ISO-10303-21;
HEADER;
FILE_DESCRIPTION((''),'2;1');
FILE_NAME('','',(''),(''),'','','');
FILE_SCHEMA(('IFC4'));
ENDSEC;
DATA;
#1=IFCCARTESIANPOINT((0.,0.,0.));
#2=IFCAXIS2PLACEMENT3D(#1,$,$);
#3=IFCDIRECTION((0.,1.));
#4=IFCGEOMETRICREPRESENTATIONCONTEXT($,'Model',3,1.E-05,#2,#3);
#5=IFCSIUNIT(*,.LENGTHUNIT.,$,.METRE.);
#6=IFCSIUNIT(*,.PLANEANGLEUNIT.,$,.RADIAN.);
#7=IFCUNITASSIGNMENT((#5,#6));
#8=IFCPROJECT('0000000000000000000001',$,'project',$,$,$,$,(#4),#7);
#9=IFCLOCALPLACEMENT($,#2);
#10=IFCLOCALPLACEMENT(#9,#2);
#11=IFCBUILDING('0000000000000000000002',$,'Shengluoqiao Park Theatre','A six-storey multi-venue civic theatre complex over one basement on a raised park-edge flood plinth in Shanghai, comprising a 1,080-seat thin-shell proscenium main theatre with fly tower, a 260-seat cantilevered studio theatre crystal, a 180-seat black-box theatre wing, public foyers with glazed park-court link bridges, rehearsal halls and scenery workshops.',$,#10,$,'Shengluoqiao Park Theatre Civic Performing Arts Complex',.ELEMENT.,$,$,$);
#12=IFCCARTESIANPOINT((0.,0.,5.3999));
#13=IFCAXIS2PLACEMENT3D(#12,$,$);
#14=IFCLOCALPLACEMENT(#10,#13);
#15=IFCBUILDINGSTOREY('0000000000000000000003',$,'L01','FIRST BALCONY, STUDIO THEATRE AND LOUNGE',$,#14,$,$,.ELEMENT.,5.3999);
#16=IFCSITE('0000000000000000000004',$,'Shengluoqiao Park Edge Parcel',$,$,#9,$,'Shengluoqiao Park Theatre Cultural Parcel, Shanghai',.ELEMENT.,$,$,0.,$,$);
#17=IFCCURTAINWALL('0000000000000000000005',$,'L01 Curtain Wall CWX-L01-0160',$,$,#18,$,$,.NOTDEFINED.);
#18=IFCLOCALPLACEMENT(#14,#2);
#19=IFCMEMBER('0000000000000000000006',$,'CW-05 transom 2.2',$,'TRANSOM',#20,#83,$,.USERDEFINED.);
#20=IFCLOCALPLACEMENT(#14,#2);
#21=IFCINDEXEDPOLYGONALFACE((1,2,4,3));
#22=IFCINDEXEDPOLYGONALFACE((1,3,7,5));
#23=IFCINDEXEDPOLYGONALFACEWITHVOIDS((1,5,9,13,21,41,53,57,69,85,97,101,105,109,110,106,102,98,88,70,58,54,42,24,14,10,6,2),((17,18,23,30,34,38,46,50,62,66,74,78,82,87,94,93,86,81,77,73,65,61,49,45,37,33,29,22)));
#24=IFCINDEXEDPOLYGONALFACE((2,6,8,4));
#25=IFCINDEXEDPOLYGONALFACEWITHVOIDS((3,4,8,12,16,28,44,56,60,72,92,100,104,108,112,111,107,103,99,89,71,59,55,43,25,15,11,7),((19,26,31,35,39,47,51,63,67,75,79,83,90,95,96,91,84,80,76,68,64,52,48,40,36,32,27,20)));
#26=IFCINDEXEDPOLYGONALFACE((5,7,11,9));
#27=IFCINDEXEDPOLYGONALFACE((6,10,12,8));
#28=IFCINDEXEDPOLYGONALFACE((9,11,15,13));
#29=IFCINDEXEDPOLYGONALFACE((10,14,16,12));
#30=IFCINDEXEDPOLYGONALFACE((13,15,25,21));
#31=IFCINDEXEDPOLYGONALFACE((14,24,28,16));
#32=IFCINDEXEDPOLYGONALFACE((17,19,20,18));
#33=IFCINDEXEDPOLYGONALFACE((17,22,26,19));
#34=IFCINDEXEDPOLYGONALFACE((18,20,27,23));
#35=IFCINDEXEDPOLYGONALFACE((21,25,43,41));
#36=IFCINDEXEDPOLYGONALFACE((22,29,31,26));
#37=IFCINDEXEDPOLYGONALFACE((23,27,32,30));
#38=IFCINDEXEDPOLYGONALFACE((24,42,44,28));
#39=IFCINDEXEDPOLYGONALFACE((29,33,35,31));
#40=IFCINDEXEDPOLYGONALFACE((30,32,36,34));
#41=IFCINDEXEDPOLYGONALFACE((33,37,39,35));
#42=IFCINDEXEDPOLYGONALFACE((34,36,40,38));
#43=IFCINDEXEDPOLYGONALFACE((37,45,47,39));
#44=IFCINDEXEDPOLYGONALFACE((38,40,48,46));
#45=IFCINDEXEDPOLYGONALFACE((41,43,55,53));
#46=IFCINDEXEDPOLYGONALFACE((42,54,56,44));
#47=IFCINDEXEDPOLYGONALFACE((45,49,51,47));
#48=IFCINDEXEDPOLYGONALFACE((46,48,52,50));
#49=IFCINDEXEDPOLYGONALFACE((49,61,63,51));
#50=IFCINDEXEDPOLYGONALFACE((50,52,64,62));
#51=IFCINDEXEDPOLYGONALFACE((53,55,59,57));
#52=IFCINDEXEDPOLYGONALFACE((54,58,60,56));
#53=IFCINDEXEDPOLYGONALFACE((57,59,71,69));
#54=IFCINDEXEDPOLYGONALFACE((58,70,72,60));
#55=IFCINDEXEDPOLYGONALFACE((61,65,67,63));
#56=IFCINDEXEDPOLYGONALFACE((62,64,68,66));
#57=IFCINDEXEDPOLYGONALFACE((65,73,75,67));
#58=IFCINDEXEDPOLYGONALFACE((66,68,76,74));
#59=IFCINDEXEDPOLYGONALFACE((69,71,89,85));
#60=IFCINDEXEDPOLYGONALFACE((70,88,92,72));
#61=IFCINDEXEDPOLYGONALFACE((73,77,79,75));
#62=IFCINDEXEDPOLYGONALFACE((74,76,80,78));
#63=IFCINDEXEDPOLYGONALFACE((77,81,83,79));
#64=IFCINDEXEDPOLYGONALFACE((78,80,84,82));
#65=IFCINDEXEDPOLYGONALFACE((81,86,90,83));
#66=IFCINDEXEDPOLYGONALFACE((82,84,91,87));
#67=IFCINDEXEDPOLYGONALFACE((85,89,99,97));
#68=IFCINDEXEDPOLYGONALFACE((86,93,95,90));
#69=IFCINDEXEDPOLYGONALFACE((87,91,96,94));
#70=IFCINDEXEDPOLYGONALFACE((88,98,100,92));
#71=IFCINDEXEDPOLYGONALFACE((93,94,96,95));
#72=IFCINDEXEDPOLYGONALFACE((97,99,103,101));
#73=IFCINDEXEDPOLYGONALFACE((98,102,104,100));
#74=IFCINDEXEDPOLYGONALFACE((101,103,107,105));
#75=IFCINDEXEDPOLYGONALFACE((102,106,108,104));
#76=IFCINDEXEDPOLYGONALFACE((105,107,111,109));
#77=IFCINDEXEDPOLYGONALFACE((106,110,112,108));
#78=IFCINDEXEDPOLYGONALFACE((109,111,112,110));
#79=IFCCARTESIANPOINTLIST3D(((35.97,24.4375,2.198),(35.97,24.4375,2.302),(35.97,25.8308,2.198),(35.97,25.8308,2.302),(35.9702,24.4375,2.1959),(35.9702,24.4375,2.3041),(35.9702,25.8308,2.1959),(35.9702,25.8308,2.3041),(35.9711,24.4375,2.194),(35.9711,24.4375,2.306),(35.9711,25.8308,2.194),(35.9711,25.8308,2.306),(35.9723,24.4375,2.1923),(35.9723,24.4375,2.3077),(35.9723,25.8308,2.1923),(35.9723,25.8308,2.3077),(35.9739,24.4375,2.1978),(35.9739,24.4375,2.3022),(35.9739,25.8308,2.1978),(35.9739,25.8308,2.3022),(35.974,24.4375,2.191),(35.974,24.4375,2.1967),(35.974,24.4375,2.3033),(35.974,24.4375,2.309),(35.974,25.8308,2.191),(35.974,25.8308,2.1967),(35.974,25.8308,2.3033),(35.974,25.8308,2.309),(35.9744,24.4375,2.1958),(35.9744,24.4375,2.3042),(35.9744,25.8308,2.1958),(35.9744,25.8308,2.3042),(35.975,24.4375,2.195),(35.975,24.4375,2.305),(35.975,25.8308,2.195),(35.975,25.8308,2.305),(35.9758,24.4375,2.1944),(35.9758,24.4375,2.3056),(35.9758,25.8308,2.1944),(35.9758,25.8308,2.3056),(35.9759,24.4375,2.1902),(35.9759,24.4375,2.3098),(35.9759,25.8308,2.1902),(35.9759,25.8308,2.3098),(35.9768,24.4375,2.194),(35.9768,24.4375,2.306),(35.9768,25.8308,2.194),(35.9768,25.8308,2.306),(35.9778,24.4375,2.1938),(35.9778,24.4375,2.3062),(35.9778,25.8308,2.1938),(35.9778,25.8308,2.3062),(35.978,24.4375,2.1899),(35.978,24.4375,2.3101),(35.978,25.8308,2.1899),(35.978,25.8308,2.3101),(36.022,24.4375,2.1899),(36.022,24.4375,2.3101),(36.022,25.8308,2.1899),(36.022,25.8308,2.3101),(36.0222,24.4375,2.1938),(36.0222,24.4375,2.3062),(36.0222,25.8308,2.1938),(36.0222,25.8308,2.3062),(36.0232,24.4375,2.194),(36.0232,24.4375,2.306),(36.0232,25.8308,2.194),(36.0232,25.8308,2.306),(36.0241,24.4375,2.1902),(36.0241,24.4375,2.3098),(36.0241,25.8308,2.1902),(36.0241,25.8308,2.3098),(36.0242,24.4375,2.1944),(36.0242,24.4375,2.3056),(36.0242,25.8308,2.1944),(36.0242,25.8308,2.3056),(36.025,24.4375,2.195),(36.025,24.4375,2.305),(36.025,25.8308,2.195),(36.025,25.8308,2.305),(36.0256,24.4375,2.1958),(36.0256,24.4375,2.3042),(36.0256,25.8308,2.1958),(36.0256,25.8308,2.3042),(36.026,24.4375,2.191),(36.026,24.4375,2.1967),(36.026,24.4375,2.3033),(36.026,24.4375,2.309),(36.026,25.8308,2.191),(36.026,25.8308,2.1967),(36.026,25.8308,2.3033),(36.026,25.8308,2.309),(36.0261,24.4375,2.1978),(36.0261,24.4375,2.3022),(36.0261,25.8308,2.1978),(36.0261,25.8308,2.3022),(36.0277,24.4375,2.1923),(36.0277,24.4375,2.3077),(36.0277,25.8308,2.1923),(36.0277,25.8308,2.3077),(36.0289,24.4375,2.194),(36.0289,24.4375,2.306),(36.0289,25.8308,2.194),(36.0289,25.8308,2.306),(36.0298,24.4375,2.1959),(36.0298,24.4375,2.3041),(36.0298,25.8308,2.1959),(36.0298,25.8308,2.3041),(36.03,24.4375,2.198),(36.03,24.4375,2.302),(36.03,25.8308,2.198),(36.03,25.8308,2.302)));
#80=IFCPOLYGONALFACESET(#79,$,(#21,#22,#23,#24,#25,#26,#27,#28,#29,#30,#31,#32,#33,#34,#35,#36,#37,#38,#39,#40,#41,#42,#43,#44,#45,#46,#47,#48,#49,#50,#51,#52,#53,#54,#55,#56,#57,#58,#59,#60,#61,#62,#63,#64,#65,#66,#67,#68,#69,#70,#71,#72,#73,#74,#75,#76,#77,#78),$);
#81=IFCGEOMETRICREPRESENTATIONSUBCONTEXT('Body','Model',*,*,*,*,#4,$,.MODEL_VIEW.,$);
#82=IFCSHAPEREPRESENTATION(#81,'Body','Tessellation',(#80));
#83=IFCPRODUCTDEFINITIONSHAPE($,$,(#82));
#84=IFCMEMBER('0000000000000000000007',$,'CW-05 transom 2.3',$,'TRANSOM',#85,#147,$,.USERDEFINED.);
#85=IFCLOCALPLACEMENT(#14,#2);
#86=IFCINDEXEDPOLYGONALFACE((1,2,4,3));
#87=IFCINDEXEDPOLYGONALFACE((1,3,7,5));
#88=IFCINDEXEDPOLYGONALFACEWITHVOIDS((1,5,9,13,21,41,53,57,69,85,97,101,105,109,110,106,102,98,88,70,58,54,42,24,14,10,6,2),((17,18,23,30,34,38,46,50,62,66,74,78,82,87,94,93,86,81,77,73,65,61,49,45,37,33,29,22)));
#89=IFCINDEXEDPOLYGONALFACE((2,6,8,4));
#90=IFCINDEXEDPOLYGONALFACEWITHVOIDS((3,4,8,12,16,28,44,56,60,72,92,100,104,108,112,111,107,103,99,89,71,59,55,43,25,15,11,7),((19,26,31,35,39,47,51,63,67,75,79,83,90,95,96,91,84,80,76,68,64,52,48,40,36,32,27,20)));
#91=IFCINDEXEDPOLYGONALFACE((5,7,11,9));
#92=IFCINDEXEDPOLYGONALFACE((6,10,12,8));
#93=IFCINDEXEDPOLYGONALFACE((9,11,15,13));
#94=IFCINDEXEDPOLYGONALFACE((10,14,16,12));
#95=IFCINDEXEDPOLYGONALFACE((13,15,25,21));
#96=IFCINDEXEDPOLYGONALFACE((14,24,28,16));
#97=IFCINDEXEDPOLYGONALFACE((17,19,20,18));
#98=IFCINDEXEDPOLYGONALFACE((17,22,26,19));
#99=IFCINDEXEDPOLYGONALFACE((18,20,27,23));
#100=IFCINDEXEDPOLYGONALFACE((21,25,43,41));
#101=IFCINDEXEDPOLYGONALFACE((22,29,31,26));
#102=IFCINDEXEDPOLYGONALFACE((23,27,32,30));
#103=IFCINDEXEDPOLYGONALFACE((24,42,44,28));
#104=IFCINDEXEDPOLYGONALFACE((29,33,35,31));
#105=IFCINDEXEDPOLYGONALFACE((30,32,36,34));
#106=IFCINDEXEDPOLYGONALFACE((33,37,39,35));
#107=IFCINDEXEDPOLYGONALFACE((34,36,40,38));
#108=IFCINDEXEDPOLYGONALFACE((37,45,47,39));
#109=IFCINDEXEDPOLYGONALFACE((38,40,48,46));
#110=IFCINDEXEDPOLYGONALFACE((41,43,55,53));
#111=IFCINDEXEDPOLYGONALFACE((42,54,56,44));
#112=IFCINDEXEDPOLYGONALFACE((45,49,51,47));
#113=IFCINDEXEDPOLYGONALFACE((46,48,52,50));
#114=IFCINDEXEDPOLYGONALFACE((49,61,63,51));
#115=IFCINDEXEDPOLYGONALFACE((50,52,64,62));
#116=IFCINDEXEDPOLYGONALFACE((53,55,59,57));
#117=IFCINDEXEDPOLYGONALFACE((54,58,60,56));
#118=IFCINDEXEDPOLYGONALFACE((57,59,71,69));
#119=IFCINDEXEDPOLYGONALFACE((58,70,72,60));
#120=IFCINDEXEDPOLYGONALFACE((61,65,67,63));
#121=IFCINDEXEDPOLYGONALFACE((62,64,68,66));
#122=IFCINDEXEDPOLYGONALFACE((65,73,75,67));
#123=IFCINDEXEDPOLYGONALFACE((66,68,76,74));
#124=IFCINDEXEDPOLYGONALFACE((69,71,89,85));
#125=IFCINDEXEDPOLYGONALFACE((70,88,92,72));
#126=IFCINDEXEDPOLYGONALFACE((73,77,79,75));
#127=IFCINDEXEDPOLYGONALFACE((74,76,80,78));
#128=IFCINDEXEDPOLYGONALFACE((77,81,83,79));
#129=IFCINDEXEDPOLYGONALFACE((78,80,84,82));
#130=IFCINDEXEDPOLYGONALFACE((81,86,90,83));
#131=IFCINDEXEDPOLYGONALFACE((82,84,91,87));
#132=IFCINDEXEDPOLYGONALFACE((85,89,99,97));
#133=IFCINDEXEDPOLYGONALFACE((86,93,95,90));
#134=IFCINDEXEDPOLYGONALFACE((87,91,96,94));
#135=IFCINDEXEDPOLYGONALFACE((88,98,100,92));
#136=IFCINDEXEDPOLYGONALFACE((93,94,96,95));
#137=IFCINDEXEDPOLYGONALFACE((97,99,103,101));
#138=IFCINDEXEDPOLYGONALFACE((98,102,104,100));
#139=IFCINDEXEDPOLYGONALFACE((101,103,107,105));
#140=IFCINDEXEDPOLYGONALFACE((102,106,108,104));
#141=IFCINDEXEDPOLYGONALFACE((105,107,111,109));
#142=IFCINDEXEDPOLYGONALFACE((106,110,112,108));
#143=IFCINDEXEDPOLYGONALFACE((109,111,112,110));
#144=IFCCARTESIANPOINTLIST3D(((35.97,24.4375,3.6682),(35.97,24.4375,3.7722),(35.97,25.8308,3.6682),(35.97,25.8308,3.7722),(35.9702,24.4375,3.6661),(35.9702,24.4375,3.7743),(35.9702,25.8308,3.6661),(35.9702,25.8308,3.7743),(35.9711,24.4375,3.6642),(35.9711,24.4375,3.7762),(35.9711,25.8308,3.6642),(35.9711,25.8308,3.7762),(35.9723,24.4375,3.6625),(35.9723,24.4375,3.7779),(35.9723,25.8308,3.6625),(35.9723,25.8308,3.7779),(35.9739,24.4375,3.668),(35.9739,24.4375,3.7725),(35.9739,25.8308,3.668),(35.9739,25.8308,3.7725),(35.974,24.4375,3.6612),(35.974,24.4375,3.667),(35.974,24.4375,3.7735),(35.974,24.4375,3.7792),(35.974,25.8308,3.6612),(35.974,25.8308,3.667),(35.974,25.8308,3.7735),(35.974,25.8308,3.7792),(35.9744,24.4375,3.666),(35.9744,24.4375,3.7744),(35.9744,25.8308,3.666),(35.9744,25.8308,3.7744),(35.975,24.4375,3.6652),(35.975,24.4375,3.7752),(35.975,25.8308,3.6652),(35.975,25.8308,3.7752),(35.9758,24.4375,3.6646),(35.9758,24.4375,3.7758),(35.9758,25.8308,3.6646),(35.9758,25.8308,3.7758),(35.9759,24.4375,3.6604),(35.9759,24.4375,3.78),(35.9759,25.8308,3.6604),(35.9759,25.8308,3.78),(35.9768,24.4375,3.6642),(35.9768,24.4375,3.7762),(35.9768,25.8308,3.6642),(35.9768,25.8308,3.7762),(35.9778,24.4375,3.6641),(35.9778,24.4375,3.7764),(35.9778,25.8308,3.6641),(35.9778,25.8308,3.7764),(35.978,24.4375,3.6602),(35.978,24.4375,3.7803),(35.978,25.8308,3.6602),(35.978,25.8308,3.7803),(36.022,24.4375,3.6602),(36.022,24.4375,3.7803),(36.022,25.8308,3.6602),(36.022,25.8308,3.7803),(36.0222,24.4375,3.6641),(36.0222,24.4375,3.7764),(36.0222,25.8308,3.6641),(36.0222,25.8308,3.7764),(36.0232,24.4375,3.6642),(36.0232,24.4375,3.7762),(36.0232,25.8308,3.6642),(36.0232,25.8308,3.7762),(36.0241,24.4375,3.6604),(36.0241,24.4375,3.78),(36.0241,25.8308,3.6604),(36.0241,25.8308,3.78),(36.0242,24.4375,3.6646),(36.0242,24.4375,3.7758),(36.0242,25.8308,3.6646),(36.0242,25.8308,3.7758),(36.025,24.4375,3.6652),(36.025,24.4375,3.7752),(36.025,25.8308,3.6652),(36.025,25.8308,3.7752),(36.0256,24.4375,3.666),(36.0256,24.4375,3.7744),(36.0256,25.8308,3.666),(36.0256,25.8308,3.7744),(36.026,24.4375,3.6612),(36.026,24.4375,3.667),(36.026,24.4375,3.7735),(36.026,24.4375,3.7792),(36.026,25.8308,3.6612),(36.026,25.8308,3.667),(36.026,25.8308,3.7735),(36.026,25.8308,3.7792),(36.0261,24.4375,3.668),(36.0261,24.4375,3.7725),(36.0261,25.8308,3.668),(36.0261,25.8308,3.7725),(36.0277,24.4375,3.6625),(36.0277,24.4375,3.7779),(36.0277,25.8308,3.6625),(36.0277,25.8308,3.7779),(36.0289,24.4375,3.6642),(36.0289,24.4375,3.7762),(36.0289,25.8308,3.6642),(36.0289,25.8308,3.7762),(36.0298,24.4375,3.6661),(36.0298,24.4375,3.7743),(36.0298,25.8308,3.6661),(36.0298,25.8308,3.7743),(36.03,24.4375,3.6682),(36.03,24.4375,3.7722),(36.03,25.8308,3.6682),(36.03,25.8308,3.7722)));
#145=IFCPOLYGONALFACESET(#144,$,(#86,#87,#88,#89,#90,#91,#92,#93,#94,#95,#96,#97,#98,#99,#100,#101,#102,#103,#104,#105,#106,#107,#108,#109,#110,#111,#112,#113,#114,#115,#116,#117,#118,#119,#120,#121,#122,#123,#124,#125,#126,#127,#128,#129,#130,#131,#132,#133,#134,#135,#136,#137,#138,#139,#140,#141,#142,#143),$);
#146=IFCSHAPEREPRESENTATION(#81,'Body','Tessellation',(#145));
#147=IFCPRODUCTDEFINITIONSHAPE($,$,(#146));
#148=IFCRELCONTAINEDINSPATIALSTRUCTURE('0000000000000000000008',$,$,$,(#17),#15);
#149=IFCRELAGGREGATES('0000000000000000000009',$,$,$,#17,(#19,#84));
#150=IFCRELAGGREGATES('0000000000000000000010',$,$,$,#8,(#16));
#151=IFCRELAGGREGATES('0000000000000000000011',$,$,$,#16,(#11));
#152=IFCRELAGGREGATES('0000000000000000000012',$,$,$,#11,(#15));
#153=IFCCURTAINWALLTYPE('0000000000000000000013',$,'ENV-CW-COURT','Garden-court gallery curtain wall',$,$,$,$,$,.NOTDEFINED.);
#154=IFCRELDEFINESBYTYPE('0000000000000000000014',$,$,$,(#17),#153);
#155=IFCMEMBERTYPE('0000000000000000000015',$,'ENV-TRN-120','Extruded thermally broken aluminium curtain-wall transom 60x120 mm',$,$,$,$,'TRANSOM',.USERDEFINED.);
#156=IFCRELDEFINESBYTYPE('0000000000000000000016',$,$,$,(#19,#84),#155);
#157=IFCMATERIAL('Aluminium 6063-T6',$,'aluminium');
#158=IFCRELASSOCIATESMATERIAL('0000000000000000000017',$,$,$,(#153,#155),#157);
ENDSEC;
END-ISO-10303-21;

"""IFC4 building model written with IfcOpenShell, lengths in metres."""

from ifc_helpers import new_model, si_unit, direction, frame, origin, origin_2d, place, context, subcontext, project, spatial, hollow_rectangle, extrude, material, material_profile, profile_set, type_object, element, aggregate, save


model = new_model("IFC4")

# Units and contexts
model_context = context("Model", 3, precision=1e-05, world=origin(), true_north=direction((0.0, 1.0)))
body_context = subcontext(model_context, "Body", "Model", "MODEL_VIEW")
ifc_project = project(units=[si_unit("LENGTHUNIT", "METRE"), si_unit("PLANEANGLEUNIT", "RADIAN")], contexts=[model_context])

# Site, building, storey
site_placement = place(None, origin())
site = spatial("IfcSite", under=ifc_project, at=site_placement, Name="Shengluoqiao Park Edge Parcel", LongName="Shengluoqiao Park Theatre Cultural Parcel, Shanghai", CompositionType="ELEMENT", RefElevation=0.0)
building_placement = place(site_placement, origin())
building = spatial("IfcBuilding", under=site, at=building_placement, Name="Shengluoqiao Park Theatre", Description="A six-storey multi-venue civic theatre complex over one basement on a raised park-edge flood plinth in Shanghai, comprising a 1,080-seat thin-shell proscenium main theatre with fly tower, a 260-seat cantilevered studio theatre crystal, a 180-seat black-box theatre wing, public foyers with glazed park-court link bridges, rehearsal halls and scenery workshops.", LongName="Shengluoqiao Park Theatre Civic Performing Arts Complex", CompositionType="ELEMENT")
storey_placement = place(building_placement, frame((0.0, 0.0, 5.3999)))
storey = spatial("IfcBuildingStorey", under=building, at=storey_placement, Name="L01", Description="FIRST BALCONY, STUDIO THEATRE AND LOUNGE", CompositionType="ELEMENT", Elevation=5.3999)

# Curtain wall
ifc_material_1 = material(Name="Aluminium 6063-T6", Category="aluminium")
curtain_wall_type_1 = type_object("IfcCurtainWallType", Name="ENV-CW-COURT", Description="Garden-court gallery curtain wall", PredefinedType="NOTDEFINED", material=ifc_material_1)
curtain_wall_1_placement = place(storey_placement, origin())
curtain_wall_1 = element("IfcCurtainWall", 1, at=curtain_wall_1_placement, inside=storey, type_object=curtain_wall_type_1, Name="L01 Curtain Wall CWX-L01-0160", PredefinedType="NOTDEFINED")
ifc_material_profile_1 = material_profile(ifc_material_1, hollow_rectangle(XDim=0.0601, YDim=0.1201, WallThickness=0.0039, InnerFilletRadius=0.0039, OuterFilletRadius=0.0081, at=origin_2d()), Name="ALU TRANSOM 120x60x4")
ifc_profile_set_1 = profile_set([ifc_material_profile_1], Name="Aluminium 6063-T6")
member_type_1 = type_object("IfcMemberType", Name="ENV-TRN-120", Description="Extruded thermally broken aluminium curtain-wall transom 60x120 mm", ElementType="TRANSOM", PredefinedType="USERDEFINED", material=ifc_profile_set_1)

# Members
member_1_placement = place(storey_placement, frame((36.0, 24.4375, 2.25), z_axis=(0.0, 1.0, 0.0), x_axis=(-1.0, 0.0, 0.0)))
member_1 = element("IfcMember", 2, at=member_1_placement, type_object=member_type_1, Name="CW-05 transom 2.2", ObjectType="TRANSOM", PredefinedType="USERDEFINED", context=body_context, shape_type="SweptSolid", body=[
    extrude(hollow_rectangle(XDim=0.0601, YDim=0.1201, WallThickness=0.0039, InnerFilletRadius=0.0039, OuterFilletRadius=0.0081, at=origin_2d()), origin(), (0.0, 0.0, 1.0), 1.3933),
])
member_2_placement = place(storey_placement, frame((36.0, 24.4375, 3.7202), z_axis=(0.0, 1.0, 0.0), x_axis=(-1.0, 0.0, 0.0)))
member_2 = element("IfcMember", 3, at=member_2_placement, type_object=member_type_1, Name="CW-05 transom 2.3", ObjectType="TRANSOM", PredefinedType="USERDEFINED", context=body_context, shape_type="SweptSolid", body=[
    extrude(hollow_rectangle(XDim=0.0601, YDim=0.1201, WallThickness=0.0039, InnerFilletRadius=0.0039, OuterFilletRadius=0.0081, at=origin_2d()), origin(), (0.0, 0.0, 1.0), 1.3933),
])

aggregate(curtain_wall_1, [member_1, member_2])

save(model, "model.ifc")
